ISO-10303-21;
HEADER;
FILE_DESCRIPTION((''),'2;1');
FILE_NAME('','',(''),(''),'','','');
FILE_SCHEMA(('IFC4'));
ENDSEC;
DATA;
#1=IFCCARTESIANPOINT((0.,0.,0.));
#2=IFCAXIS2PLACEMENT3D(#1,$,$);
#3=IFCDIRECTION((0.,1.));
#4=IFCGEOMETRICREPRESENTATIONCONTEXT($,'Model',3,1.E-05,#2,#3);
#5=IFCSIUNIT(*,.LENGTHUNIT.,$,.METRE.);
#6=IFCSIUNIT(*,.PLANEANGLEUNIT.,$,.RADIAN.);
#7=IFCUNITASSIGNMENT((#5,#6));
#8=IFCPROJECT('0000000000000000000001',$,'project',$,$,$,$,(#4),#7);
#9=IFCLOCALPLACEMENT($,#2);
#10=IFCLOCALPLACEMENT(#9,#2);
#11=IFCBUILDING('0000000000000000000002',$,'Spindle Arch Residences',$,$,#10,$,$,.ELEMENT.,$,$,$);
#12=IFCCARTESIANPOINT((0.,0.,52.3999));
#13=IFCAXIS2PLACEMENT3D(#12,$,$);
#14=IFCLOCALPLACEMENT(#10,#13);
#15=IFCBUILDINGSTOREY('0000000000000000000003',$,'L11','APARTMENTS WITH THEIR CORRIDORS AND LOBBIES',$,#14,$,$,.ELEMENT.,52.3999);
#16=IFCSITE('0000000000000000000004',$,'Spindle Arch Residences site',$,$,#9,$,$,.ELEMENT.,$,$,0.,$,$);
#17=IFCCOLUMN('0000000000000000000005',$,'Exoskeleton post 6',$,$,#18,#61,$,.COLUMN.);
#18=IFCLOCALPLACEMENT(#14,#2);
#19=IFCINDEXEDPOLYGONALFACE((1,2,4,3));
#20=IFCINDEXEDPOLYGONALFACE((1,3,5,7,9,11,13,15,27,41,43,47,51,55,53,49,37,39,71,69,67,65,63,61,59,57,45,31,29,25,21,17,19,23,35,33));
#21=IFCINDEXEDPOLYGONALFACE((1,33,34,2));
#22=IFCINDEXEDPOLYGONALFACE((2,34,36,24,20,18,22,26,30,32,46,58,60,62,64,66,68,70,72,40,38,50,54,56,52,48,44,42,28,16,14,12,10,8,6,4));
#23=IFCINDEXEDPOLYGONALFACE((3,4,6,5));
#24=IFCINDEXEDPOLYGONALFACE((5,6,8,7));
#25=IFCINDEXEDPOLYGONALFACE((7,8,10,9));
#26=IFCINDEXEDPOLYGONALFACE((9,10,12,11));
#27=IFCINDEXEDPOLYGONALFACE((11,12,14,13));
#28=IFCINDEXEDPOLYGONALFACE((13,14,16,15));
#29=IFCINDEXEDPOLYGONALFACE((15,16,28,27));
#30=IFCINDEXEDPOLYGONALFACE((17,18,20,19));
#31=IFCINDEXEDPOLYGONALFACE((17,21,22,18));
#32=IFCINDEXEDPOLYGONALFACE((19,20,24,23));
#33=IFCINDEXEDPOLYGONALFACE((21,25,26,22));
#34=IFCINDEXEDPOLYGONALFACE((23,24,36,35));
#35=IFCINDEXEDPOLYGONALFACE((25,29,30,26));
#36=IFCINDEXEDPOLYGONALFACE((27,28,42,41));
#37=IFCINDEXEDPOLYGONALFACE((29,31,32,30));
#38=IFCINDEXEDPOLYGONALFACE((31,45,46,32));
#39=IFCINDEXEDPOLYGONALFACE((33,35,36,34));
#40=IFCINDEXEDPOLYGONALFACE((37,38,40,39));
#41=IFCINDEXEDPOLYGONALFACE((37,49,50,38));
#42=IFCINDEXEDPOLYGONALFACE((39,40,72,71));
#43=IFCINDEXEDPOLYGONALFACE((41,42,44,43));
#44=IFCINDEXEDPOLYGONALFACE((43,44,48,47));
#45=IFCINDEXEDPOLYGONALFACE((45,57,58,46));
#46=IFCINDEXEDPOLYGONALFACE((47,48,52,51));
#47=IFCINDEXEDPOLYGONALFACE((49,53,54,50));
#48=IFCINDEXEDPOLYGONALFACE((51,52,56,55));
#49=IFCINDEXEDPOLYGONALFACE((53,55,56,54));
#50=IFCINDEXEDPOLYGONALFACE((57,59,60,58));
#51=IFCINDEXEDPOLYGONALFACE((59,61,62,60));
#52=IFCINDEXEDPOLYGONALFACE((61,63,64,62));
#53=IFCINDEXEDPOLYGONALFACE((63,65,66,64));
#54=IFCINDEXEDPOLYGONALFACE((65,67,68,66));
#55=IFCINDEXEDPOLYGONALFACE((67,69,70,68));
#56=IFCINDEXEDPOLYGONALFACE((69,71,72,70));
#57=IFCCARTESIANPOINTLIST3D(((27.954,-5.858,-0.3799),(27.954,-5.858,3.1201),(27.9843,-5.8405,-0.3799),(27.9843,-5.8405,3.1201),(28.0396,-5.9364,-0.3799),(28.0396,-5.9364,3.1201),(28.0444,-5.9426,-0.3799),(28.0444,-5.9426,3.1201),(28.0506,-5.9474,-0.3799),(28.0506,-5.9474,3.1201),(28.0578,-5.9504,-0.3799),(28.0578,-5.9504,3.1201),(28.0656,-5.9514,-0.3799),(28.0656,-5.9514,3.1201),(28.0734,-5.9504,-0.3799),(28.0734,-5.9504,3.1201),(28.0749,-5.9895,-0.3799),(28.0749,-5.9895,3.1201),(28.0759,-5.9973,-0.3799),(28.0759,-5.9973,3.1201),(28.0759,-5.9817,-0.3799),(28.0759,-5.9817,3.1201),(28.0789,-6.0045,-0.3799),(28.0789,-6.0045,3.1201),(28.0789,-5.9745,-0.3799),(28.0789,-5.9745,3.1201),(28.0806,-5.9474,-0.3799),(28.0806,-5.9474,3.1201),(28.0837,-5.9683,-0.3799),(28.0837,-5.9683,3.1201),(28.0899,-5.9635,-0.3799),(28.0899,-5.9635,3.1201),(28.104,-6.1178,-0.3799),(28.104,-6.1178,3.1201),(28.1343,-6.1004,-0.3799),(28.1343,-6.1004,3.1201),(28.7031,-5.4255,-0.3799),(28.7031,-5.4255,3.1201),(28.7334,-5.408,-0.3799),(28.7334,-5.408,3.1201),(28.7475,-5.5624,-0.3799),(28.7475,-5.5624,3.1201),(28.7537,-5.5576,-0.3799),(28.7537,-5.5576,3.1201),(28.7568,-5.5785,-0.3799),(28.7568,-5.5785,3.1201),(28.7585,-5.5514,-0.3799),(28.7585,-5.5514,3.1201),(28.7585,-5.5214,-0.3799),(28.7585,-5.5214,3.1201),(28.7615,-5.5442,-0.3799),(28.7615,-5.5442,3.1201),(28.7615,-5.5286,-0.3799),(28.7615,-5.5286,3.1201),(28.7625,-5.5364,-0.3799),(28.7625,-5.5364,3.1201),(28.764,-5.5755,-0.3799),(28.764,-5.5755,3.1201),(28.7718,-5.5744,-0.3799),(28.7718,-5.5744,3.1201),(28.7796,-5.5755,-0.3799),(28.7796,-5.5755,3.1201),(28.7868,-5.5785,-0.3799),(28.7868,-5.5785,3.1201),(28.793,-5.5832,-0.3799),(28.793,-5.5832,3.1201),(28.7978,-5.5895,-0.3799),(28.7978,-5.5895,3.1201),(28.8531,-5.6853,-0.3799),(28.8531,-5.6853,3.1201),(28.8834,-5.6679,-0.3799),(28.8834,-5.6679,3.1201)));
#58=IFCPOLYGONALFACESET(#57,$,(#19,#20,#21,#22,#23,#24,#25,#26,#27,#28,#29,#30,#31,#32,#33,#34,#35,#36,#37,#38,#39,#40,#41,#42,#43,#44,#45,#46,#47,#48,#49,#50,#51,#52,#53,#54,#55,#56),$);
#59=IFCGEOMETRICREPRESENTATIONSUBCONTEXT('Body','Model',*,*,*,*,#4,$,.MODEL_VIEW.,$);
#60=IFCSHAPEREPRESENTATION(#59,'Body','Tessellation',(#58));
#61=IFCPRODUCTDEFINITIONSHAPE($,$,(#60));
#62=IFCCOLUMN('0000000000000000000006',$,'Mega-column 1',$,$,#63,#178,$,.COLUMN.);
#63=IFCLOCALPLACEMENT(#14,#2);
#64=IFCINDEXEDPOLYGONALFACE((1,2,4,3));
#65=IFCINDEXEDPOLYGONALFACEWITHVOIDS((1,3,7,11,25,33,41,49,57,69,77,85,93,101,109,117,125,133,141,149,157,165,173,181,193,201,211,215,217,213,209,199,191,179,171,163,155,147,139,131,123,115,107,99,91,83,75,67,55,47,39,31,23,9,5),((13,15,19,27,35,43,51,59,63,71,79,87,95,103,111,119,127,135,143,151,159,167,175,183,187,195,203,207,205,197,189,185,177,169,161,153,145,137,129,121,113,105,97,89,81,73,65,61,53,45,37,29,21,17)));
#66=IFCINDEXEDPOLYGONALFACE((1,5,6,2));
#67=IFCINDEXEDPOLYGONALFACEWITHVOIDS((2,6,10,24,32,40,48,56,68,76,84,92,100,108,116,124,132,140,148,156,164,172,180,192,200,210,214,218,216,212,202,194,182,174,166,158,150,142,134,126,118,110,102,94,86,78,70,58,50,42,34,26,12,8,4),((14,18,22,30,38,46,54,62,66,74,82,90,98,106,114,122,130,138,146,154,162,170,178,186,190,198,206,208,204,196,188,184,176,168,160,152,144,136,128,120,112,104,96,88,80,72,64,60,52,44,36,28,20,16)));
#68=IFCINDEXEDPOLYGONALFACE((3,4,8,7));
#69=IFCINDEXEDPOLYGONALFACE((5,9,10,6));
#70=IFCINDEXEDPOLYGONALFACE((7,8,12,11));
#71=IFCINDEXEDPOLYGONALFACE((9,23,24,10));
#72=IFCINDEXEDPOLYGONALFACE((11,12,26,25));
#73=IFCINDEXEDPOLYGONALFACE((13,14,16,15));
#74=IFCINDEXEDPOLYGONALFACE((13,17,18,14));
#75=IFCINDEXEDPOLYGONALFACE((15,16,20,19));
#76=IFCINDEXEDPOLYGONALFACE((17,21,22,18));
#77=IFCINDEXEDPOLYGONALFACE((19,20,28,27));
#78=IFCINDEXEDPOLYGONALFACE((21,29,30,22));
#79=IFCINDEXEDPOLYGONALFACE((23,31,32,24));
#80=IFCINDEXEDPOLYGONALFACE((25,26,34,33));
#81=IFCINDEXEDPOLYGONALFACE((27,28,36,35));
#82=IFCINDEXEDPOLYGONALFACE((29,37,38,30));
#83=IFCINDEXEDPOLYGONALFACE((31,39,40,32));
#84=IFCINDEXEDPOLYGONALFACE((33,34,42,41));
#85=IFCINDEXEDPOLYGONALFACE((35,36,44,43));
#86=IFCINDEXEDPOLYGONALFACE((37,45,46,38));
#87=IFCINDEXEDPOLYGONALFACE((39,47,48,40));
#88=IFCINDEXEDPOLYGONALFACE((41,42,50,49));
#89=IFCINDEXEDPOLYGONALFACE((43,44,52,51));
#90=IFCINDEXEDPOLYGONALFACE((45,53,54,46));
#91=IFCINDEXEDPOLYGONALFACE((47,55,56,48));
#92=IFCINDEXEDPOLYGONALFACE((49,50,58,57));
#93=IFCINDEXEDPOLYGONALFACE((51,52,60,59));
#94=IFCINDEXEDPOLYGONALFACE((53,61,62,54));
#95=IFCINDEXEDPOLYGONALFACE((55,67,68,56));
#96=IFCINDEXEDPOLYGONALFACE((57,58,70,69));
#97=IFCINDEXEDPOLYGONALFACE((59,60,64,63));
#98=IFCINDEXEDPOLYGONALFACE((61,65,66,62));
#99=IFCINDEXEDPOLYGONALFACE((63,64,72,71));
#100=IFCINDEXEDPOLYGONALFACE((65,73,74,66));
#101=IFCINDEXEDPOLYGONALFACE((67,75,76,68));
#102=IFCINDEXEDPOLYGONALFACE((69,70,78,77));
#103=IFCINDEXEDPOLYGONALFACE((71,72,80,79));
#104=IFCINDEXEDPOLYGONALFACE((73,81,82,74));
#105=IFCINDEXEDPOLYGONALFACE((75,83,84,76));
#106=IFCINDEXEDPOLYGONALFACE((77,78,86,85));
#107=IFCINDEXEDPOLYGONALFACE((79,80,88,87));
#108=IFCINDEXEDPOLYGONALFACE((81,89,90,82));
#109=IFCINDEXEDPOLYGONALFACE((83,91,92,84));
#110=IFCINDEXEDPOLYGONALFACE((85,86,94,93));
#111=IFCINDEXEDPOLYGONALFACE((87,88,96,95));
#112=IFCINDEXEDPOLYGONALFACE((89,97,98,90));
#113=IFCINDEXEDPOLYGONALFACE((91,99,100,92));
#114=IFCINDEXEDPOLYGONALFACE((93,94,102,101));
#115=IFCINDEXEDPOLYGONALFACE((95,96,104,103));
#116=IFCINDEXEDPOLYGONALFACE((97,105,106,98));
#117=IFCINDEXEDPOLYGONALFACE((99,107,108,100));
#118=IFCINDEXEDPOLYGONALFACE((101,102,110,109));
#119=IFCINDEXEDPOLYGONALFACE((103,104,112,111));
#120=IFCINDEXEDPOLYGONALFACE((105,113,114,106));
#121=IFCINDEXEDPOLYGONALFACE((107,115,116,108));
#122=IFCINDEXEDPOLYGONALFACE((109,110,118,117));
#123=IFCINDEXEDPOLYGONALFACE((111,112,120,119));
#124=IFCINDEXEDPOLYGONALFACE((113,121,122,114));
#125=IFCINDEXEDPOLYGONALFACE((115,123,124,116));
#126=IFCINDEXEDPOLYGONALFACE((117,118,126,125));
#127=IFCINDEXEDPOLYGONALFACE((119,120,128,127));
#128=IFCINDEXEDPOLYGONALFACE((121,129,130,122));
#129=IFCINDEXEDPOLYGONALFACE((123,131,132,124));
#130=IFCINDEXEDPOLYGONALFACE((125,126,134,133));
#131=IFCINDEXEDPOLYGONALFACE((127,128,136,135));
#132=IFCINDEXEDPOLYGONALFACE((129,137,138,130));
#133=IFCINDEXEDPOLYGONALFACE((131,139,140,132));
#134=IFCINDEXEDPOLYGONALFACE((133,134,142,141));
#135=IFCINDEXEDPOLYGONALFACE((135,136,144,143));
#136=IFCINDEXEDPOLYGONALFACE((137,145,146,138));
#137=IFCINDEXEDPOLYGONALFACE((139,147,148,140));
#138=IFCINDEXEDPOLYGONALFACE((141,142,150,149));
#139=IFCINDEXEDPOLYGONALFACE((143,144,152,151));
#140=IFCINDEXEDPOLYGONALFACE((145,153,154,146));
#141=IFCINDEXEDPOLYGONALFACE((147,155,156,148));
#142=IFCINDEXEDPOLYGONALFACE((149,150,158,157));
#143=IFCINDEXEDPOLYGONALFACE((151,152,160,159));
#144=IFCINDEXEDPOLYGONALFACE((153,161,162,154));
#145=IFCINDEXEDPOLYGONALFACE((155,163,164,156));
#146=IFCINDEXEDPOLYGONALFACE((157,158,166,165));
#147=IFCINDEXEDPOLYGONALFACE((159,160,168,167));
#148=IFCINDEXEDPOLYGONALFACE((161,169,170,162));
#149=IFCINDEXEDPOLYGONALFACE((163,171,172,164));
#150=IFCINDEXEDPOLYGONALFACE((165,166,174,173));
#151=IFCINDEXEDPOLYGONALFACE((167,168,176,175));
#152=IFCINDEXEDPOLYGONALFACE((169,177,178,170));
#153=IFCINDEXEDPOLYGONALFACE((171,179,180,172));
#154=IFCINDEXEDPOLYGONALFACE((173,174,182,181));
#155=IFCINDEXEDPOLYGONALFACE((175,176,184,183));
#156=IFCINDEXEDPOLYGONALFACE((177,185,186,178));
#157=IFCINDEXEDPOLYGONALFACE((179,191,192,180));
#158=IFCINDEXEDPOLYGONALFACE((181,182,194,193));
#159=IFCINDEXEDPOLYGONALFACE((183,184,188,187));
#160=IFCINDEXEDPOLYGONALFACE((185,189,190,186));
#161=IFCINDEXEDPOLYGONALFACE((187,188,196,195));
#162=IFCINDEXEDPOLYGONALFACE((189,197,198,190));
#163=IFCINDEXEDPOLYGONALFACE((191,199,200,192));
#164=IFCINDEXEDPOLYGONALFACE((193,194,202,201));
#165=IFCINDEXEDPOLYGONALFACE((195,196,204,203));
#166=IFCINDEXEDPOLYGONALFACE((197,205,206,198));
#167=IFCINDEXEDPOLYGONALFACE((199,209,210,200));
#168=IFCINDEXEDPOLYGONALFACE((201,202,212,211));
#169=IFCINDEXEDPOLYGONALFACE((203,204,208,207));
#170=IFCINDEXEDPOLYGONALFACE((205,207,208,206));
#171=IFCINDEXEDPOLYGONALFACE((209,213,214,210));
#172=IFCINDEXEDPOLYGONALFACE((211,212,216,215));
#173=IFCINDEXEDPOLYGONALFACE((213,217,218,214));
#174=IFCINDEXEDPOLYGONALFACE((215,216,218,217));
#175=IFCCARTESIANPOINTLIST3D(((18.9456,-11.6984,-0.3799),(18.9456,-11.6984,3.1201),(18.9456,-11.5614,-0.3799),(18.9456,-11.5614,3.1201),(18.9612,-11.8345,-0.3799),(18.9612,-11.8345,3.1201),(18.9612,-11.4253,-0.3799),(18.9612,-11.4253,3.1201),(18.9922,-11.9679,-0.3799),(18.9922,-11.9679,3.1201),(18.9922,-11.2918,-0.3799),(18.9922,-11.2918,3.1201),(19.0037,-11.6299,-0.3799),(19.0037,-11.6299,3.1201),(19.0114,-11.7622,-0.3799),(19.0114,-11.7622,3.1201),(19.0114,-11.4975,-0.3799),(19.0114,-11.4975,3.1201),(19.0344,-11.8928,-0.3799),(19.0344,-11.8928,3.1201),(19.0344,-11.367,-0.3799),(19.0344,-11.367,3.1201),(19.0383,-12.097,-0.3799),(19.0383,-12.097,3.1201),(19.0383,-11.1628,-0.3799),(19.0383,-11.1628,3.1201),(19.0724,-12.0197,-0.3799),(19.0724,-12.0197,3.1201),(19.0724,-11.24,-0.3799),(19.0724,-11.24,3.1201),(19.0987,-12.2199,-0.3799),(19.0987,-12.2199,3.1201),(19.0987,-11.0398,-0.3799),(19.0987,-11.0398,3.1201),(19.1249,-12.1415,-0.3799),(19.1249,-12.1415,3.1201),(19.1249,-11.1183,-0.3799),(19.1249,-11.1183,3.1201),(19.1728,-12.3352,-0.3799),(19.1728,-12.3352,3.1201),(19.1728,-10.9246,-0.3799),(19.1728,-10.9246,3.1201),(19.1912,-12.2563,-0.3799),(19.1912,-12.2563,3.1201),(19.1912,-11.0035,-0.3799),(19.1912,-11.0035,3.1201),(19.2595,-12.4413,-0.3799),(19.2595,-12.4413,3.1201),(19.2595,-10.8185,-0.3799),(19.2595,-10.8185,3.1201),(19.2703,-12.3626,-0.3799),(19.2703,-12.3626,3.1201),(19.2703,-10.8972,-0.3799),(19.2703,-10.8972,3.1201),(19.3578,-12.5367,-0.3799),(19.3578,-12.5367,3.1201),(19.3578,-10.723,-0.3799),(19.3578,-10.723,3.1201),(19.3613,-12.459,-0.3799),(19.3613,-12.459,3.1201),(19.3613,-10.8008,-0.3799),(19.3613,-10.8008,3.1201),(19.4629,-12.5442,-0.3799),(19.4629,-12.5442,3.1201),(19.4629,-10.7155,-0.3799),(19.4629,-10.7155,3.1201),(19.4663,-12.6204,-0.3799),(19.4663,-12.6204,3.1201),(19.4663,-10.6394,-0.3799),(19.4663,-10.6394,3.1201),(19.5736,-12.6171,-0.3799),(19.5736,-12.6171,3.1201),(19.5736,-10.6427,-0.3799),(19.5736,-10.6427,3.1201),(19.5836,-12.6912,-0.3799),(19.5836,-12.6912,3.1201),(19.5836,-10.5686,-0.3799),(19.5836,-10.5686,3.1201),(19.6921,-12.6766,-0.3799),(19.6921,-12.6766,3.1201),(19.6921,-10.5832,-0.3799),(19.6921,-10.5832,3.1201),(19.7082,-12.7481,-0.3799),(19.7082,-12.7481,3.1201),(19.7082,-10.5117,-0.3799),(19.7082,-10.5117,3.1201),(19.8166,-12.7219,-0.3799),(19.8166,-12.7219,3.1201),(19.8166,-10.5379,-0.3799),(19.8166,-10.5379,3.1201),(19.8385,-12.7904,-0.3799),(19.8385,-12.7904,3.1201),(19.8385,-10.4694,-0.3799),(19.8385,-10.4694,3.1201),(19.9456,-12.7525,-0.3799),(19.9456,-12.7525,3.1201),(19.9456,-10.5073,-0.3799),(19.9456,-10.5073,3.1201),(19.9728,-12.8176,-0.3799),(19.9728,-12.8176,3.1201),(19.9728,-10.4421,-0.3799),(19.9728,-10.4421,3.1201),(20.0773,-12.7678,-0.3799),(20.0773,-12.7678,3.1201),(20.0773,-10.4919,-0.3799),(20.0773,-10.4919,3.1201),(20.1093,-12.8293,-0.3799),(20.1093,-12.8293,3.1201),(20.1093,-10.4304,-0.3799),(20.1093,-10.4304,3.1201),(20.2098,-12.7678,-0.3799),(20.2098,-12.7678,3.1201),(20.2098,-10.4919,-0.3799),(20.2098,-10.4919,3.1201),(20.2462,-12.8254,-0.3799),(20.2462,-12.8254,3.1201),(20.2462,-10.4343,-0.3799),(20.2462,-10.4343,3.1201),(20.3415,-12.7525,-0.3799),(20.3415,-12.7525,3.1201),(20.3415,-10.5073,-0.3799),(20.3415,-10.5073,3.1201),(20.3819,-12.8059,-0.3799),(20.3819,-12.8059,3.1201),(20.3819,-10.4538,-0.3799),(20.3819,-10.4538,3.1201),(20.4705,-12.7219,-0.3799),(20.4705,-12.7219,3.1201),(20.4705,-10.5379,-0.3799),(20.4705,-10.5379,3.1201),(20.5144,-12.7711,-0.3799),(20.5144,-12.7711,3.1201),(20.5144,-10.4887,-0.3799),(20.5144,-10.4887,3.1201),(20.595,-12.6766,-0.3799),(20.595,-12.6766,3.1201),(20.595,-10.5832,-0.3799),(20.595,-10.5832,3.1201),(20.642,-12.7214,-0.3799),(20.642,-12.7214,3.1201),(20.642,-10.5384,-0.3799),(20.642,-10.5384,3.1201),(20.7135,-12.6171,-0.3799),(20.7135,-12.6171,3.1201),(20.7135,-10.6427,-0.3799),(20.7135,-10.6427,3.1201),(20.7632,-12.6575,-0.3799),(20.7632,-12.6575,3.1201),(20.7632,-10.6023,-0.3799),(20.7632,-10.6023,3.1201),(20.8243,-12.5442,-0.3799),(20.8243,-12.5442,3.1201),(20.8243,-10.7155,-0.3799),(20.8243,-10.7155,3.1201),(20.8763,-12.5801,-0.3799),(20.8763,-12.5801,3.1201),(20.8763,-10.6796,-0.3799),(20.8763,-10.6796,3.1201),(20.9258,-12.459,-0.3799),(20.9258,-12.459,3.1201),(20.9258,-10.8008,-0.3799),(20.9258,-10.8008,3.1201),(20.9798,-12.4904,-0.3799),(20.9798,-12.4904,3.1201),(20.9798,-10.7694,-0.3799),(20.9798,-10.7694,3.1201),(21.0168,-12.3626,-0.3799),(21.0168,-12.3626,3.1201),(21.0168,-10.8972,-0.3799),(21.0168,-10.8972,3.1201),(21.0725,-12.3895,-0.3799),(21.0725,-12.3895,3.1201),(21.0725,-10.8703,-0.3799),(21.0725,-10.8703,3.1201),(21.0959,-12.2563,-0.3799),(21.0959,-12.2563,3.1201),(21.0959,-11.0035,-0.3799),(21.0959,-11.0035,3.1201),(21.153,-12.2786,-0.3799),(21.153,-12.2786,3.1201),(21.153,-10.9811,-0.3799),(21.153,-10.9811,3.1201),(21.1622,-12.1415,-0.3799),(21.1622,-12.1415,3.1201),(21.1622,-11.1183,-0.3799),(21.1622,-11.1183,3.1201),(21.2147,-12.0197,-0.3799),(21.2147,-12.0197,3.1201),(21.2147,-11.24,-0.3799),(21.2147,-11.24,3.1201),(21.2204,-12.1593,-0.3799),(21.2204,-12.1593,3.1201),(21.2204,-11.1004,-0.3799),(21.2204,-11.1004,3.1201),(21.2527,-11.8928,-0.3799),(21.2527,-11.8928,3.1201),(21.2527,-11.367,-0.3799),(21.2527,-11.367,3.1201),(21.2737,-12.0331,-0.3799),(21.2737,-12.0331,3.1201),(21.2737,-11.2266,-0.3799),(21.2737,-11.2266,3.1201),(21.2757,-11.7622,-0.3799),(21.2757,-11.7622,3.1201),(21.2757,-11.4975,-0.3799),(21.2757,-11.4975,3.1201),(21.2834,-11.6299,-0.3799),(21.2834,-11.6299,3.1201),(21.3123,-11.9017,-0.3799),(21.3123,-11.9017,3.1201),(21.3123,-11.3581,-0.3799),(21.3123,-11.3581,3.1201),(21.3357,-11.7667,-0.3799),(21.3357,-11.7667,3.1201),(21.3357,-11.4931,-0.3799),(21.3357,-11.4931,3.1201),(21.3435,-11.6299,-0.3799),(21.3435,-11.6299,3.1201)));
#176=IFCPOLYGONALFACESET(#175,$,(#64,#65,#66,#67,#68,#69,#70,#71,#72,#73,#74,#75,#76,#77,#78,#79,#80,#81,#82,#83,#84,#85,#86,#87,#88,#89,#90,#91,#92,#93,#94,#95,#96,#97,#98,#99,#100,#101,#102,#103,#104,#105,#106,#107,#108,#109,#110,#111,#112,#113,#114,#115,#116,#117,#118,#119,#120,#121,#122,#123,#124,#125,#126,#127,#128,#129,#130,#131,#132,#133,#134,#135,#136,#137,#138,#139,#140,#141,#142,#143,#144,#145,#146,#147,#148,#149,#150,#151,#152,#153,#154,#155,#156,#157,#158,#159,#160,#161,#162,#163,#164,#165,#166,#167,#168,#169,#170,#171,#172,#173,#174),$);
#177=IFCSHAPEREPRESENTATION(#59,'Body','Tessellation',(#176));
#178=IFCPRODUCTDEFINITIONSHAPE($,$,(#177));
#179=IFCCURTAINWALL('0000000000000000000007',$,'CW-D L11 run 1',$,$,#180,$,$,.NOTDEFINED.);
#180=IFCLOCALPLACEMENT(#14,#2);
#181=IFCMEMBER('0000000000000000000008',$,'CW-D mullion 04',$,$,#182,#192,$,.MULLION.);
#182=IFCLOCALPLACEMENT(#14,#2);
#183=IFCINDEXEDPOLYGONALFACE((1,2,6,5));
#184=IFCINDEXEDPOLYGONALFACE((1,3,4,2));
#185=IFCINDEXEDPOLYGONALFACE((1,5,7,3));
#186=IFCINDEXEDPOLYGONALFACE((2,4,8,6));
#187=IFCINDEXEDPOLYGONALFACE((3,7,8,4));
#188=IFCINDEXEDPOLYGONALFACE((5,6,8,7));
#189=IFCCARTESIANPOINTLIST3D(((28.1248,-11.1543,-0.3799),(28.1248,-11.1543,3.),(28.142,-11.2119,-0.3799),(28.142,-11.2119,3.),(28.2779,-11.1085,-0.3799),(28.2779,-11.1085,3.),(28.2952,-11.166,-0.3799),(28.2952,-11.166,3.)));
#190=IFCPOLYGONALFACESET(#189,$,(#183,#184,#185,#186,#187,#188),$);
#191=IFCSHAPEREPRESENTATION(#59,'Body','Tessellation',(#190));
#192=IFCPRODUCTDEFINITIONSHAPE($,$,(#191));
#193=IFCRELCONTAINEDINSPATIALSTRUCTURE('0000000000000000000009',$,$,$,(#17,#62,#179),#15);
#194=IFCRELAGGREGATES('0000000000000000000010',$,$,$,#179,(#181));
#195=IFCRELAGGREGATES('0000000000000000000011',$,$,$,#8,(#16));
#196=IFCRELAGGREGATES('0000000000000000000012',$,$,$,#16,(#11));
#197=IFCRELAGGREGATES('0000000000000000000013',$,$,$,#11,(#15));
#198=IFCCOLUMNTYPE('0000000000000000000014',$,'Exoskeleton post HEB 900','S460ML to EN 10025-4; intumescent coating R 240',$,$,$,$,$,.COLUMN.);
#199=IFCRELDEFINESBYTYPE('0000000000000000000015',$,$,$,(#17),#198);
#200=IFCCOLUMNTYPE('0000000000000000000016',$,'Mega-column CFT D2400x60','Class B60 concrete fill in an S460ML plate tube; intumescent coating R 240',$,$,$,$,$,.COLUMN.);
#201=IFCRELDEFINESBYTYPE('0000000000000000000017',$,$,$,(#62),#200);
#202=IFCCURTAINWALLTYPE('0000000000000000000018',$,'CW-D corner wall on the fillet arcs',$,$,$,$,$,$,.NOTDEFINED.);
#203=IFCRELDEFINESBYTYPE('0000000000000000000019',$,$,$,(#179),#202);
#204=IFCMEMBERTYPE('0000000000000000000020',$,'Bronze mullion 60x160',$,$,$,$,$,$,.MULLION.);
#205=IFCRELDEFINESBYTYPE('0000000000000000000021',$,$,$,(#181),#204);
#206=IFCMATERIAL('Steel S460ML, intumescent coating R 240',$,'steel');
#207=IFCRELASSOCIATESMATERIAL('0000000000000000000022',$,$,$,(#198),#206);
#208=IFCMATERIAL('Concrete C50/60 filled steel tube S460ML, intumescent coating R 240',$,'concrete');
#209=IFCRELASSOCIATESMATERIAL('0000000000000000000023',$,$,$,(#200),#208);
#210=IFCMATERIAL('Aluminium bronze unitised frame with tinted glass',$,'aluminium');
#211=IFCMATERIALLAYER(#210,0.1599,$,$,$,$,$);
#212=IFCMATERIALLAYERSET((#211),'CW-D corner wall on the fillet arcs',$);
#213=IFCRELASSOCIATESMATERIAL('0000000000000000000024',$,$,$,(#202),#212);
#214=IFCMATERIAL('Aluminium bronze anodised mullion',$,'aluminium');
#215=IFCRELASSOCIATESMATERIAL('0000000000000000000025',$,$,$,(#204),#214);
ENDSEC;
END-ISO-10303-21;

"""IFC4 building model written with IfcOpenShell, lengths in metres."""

from ifc_helpers import new_model, si_unit, direction, frame, origin, origin_2d, place, context, subcontext, project, spatial, rectangle, hollow_circle, i_section, extrude, material, layer, layer_set, material_profile, profile_set, type_object, element, aggregate, save


model = new_model("IFC4")

# Units and contexts
model_context = context("Model", 3, precision=1e-05, world=origin(), true_north=direction((0.0, 1.0)))
body_context = subcontext(model_context, "Body", "Model", "MODEL_VIEW")
ifc_project = project(units=[si_unit("LENGTHUNIT", "METRE"), si_unit("PLANEANGLEUNIT", "RADIAN")], contexts=[model_context])

# Site, building, storey
site_placement = place(None, origin())
site = spatial("IfcSite", under=ifc_project, at=site_placement, Name="Spindle Arch Residences site", CompositionType="ELEMENT", RefElevation=0.0)
building_placement = place(site_placement, origin())
building = spatial("IfcBuilding", under=site, at=building_placement, Name="Spindle Arch Residences", CompositionType="ELEMENT")
storey_placement = place(building_placement, frame((0.0, 0.0, 52.3999)))
storey = spatial("IfcBuildingStorey", under=building, at=storey_placement, Name="L11", Description="APARTMENTS WITH THEIR CORRIDORS AND LOBBIES", CompositionType="ELEMENT", Elevation=52.3999)

# Columns
ifc_material_1 = material(Name="Steel S460ML, intumescent coating R 240", Category="steel")
ifc_material_profile_1 = material_profile(ifc_material_1, i_section(OverallWidth=0.3, OverallDepth=0.8999, WebThickness=0.0186, FlangeThickness=0.0349, FilletRadius=0.03, at=origin_2d()), Name="HEB 900")
ifc_profile_set_1 = profile_set([ifc_material_profile_1], Name="Steel S460ML, intumescent coating R 240")
column_type_1 = type_object("IfcColumnType", Name="Exoskeleton post HEB 900", Description="S460ML to EN 10025-4; intumescent coating R 240", PredefinedType="COLUMN", material=ifc_profile_set_1)
column_1_placement = place(storey_placement, frame((28.4187, -5.7629, -0.3799), z_axis=(0.0, 0.0, 1.0), x_axis=(0.5, -0.866025, 0.0)))
element("IfcColumn", 1, at=column_1_placement, inside=storey, type_object=column_type_1, Name="Exoskeleton post 6", PredefinedType="COLUMN", context=body_context, shape_type="SweptSolid", body=[
    extrude(i_section(OverallWidth=0.3, OverallDepth=0.8999, WebThickness=0.0186, FlangeThickness=0.0349, FilletRadius=0.03, at=origin_2d()), origin(), (0.0, 0.0, 1.0), 3.5),
])
ifc_material_2 = material(Name="Concrete C50/60 filled steel tube S460ML, intumescent coating R 240", Category="concrete")
ifc_material_profile_2 = material_profile(ifc_material_2, hollow_circle(Radius=1.2, WallThickness=0.0601, at=origin_2d()), Name="CFT D2400x60")
ifc_profile_set_2 = profile_set([ifc_material_profile_2], Name="Concrete C50/60 filled steel tube S460ML, intumescent coating R 240")
column_type_2 = type_object("IfcColumnType", Name="Mega-column CFT D2400x60", Description="Class B60 concrete fill in an S460ML plate tube; intumescent coating R 240", PredefinedType="COLUMN", material=ifc_profile_set_2)
column_2_placement = place(storey_placement, frame((20.1436, -11.6299, -0.3799), z_axis=(0.0, 0.0, 1.0), x_axis=(1.0, 0.0, 0.0)))
element("IfcColumn", 2, at=column_2_placement, inside=storey, type_object=column_type_2, Name="Mega-column 1", PredefinedType="COLUMN", context=body_context, shape_type="SweptSolid", body=[
    extrude(hollow_circle(Radius=1.2, WallThickness=0.0601, at=origin_2d()), origin(), (0.0, 0.0, 1.0), 3.5),
])

# Curtain wall, member
ifc_material_3 = material(Name="Aluminium bronze unitised frame with tinted glass", Category="aluminium")
ifc_layer_1 = layer(ifc_material_3, 0.1599)
ifc_layer_set_1 = layer_set([ifc_layer_1], Name="CW-D corner wall on the fillet arcs")
curtain_wall_type_1 = type_object("IfcCurtainWallType", Name="CW-D corner wall on the fillet arcs", PredefinedType="NOTDEFINED", material=ifc_layer_set_1)
curtain_wall_1_placement = place(storey_placement, origin())
curtain_wall_1 = element("IfcCurtainWall", 3, at=curtain_wall_1_placement, inside=storey, type_object=curtain_wall_type_1, Name="CW-D L11 run 1", PredefinedType="NOTDEFINED")
ifc_material_4 = material(Name="Aluminium bronze anodised mullion", Category="aluminium")
ifc_material_profile_3 = material_profile(ifc_material_4, rectangle(XDim=0.1599, YDim=0.0601, at=origin_2d()), Name="MU 60x160")
ifc_profile_set_3 = profile_set([ifc_material_profile_3], Name="Aluminium bronze anodised mullion")
member_type_1 = type_object("IfcMemberType", Name="Bronze mullion 60x160", PredefinedType="MULLION", material=ifc_profile_set_3)
member_1_placement = place(storey_placement, frame((28.21, -11.1602, -0.3799), z_axis=(0.0, 0.0, 1.0), x_axis=(-0.95799, -0.286803, 0.0)))
member_1 = element("IfcMember", 4, at=member_1_placement, type_object=member_type_1, Name="CW-D mullion 04", PredefinedType="MULLION", context=body_context, shape_type="SweptSolid", body=[
    extrude(rectangle(XDim=0.1599, YDim=0.0601, at=origin_2d()), origin(), (0.0, 0.0, 1.0), 3.3799),
])

aggregate(curtain_wall_1, [member_1])

save(model, "model.ifc")
